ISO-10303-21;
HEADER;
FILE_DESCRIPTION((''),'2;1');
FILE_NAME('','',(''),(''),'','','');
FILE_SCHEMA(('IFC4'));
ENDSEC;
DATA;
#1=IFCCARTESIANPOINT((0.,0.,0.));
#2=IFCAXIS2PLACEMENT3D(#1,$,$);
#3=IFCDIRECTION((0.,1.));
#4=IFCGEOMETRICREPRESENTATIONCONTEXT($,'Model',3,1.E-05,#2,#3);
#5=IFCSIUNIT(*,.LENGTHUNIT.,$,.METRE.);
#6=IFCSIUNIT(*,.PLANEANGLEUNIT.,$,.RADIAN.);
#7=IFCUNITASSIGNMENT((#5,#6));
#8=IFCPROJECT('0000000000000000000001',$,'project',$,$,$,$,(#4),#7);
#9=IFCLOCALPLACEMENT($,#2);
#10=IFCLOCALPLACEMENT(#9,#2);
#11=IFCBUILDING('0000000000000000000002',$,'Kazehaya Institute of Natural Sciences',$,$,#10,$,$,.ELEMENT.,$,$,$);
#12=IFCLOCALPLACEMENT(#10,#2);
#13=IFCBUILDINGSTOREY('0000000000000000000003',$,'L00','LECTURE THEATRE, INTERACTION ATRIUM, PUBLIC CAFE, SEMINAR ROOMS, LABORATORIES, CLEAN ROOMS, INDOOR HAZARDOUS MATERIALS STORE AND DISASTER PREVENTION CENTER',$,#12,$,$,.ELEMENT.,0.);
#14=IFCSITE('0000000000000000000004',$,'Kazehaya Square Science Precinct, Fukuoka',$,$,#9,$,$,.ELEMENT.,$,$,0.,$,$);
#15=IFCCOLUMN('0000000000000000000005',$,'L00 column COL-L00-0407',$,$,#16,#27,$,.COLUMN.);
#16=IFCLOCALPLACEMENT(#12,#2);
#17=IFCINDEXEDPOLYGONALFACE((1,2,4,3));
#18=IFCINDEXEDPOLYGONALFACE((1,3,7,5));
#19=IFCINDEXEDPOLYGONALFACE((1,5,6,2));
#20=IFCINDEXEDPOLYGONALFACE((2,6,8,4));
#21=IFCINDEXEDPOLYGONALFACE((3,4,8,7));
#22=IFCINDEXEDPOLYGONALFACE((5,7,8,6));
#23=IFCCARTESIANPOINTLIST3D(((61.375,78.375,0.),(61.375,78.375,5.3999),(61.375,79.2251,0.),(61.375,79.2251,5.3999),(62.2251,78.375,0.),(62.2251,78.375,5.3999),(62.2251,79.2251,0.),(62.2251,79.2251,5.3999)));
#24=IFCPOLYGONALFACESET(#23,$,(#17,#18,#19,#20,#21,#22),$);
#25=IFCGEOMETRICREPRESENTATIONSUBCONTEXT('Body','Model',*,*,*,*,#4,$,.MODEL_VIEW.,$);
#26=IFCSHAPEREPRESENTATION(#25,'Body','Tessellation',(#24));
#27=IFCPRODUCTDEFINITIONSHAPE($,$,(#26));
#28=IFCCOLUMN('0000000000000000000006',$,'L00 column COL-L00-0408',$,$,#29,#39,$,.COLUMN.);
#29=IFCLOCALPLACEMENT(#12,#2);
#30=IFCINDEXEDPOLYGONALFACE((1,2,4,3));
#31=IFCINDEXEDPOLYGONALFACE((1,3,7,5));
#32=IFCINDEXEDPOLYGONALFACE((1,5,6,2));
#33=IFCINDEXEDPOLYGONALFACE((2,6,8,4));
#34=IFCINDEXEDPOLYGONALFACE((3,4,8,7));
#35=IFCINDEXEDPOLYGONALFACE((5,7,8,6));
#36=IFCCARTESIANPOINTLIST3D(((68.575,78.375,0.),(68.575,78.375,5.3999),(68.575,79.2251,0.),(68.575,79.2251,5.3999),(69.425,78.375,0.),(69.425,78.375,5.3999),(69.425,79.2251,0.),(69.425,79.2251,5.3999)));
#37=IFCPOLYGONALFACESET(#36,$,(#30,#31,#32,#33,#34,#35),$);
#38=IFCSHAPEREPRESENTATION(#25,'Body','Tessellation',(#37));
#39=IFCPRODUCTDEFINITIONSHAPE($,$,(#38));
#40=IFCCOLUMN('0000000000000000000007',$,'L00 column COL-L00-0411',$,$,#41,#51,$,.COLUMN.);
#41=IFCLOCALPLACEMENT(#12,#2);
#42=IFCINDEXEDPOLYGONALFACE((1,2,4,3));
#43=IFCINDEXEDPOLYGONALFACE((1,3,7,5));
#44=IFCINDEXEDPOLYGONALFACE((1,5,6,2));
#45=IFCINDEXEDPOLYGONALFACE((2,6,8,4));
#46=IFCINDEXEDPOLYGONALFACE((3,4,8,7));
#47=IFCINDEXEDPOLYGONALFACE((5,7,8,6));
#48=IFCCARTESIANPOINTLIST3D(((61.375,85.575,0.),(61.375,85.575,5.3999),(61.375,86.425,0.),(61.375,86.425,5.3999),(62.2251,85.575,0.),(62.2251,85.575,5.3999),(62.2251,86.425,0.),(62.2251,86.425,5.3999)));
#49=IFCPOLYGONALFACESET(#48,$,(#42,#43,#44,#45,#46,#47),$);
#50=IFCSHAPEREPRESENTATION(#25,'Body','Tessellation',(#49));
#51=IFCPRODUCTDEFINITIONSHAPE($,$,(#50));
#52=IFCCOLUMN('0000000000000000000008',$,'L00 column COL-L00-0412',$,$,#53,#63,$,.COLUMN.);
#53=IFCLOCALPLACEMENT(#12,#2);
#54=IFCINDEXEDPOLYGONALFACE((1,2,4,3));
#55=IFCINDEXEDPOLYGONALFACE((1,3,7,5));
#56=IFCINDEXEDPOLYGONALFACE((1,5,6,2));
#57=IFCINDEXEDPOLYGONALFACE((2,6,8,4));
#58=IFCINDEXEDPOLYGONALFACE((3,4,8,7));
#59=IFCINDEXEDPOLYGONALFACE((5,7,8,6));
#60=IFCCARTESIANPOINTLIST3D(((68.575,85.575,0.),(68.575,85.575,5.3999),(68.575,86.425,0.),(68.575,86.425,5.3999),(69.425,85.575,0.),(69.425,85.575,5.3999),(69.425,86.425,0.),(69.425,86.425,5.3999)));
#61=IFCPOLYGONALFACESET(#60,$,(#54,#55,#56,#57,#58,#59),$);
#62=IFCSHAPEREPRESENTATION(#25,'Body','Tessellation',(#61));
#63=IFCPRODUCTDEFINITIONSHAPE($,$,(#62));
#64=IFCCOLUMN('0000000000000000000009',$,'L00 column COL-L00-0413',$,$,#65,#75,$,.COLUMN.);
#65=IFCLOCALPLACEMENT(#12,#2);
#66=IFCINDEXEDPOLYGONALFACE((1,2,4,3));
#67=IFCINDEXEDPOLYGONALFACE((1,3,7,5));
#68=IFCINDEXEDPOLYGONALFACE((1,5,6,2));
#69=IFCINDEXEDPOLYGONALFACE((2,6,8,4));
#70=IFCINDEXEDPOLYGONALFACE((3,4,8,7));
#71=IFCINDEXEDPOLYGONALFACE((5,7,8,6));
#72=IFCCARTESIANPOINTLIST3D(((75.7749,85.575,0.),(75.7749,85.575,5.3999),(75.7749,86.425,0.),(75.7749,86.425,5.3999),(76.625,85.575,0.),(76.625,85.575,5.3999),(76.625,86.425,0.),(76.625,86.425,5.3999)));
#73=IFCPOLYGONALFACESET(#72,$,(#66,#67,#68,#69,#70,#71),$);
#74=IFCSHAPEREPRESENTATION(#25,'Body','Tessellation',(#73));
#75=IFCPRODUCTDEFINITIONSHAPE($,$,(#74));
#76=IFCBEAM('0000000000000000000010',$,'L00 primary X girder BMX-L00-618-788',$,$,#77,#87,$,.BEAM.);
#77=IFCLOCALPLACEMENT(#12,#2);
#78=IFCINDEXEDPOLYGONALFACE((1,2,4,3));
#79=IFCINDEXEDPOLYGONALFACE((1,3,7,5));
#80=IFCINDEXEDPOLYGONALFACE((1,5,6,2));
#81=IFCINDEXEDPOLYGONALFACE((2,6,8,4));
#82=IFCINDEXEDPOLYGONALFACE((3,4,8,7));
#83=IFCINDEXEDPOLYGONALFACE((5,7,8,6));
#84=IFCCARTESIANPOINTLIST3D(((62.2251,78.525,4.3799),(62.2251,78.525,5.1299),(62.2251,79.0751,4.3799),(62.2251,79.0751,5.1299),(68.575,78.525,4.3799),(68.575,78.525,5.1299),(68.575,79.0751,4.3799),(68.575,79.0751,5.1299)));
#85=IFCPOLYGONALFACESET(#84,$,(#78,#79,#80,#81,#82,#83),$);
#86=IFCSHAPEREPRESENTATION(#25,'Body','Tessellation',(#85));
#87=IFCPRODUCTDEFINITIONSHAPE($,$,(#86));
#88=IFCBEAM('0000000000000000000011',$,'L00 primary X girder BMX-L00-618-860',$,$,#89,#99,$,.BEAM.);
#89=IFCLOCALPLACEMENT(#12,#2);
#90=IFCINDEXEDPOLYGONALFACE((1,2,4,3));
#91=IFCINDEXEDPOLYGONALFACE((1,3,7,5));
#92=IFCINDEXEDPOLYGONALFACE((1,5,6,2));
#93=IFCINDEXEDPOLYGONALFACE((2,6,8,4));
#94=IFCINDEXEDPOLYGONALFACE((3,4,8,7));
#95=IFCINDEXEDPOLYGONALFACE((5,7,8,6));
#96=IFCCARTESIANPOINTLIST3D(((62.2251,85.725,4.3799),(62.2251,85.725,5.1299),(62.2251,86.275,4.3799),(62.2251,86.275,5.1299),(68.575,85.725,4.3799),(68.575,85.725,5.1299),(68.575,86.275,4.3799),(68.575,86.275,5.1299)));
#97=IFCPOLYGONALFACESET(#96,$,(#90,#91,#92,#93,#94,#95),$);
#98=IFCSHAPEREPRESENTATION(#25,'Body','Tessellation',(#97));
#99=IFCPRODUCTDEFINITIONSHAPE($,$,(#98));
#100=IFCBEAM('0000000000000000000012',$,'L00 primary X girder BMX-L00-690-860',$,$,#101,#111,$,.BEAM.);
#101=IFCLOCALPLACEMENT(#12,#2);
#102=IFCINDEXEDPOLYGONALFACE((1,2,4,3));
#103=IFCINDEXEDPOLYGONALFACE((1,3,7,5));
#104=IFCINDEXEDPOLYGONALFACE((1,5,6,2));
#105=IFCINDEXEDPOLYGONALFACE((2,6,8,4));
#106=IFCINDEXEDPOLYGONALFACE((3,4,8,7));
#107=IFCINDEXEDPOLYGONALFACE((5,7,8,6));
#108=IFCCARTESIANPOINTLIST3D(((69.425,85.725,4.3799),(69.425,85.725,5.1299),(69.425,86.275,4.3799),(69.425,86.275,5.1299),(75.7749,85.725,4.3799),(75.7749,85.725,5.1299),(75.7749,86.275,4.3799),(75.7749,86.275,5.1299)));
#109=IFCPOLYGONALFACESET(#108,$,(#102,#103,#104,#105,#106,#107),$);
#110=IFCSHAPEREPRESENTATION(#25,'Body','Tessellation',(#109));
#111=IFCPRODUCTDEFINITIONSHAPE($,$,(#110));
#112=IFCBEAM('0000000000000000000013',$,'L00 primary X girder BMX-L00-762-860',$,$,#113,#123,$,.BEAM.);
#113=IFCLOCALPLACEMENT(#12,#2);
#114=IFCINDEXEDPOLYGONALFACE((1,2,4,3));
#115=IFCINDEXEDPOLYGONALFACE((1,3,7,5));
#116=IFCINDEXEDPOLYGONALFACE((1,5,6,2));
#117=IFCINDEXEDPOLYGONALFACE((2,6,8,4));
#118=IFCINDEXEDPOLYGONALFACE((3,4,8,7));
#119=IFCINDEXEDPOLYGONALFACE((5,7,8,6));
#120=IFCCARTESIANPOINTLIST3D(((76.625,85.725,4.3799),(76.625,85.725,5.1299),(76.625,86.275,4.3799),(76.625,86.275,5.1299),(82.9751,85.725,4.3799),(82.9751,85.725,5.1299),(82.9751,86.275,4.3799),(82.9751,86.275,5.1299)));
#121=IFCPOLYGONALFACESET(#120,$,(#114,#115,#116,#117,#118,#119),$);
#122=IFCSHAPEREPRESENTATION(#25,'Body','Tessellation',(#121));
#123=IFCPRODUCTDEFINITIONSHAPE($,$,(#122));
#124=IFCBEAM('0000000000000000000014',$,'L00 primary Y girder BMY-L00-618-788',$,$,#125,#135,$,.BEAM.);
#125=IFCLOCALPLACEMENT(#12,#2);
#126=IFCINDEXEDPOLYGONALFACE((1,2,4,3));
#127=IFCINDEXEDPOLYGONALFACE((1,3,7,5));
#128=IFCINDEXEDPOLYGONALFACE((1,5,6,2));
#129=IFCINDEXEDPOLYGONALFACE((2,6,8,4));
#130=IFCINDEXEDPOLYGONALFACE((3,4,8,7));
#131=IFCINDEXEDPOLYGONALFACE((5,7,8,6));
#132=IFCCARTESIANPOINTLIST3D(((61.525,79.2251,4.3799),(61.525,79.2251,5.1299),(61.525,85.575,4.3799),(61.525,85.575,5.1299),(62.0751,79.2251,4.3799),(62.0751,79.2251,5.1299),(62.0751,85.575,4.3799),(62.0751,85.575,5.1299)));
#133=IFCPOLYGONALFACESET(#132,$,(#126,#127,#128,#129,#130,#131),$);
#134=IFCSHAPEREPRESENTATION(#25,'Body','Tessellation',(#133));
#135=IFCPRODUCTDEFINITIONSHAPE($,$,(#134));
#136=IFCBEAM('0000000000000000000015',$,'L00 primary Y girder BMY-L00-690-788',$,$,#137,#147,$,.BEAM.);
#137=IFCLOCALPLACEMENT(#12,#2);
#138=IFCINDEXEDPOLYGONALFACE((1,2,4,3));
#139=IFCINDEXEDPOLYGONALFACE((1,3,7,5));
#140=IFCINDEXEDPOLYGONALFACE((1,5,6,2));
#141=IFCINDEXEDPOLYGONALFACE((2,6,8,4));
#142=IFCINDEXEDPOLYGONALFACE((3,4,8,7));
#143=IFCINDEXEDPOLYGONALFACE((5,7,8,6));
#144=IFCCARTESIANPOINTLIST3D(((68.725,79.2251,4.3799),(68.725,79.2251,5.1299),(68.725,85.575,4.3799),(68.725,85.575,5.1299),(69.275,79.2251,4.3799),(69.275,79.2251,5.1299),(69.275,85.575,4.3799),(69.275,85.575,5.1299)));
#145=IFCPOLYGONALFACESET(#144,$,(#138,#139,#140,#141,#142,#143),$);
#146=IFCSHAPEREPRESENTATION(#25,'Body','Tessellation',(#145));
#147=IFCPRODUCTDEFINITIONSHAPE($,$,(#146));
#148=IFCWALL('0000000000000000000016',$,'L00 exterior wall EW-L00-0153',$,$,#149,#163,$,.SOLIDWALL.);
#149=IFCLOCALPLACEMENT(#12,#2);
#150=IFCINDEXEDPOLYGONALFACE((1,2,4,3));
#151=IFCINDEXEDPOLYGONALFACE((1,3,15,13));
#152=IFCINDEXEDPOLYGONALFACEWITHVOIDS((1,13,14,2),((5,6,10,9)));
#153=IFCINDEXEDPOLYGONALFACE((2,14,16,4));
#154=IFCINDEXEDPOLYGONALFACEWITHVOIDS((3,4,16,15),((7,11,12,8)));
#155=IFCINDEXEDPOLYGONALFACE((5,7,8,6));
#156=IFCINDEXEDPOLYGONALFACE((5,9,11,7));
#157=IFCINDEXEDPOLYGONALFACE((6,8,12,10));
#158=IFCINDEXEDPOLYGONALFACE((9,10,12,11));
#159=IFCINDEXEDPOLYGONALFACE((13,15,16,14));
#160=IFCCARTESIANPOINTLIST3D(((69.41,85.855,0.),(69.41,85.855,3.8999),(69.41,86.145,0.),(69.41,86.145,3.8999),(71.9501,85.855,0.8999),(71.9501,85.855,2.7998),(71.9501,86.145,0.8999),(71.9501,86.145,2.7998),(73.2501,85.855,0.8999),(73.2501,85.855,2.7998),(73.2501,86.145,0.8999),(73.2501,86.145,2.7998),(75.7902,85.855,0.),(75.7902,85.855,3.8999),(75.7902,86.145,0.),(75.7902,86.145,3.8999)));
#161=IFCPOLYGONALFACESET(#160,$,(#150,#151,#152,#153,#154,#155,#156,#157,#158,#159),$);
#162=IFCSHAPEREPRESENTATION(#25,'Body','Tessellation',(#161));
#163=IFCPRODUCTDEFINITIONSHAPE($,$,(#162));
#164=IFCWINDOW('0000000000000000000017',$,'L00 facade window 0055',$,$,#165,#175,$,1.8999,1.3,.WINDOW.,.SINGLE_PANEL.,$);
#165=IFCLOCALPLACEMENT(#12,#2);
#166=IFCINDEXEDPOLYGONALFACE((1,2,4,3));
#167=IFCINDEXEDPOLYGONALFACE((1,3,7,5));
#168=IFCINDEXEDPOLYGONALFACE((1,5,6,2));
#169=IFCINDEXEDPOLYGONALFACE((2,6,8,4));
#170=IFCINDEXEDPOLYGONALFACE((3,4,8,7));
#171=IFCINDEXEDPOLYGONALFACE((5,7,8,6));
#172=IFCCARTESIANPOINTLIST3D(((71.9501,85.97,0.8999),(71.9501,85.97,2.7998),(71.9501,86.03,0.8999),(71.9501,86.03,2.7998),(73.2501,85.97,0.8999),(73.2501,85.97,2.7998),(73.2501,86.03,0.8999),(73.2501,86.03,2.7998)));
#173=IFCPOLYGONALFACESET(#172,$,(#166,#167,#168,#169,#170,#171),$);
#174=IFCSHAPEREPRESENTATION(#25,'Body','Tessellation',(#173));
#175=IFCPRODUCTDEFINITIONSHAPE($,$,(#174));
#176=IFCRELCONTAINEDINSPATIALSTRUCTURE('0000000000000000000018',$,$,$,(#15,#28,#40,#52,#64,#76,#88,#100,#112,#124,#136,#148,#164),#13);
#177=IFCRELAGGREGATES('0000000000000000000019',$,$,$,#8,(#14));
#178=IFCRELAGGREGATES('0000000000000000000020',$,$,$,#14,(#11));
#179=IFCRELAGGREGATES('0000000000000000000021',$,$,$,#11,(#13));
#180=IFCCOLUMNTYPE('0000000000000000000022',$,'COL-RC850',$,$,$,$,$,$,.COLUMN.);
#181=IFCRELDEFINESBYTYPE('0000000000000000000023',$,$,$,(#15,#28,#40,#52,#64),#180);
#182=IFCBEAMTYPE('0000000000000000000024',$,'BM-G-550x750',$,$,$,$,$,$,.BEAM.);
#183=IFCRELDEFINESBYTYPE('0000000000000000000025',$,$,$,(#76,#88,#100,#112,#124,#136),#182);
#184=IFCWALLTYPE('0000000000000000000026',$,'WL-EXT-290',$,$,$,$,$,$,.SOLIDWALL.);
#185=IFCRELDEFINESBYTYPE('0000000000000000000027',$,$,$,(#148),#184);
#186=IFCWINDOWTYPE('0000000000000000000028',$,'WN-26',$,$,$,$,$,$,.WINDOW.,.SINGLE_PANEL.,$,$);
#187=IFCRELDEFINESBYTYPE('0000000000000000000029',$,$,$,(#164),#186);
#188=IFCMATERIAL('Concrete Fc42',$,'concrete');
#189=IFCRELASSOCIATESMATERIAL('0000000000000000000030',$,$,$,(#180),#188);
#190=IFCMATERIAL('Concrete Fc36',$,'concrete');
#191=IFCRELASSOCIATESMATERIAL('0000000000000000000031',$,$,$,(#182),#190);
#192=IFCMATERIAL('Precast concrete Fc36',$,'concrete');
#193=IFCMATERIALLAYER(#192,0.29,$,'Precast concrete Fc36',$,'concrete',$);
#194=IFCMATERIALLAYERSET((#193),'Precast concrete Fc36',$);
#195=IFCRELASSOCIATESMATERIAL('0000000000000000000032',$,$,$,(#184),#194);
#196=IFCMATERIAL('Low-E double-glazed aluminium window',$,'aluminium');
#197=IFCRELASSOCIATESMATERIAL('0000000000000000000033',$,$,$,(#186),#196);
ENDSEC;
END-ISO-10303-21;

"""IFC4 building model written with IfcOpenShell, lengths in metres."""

from ifc_helpers import new_model, si_unit, direction, frame, frame_2d, origin, origin_2d, place, context, subcontext, project, spatial, rectangle, extrude, material, layer, layer_set, material_profile, profile_set, type_object, element, fill, save


model = new_model("IFC4")

# Units and contexts
model_context = context("Model", 3, precision=1e-05, world=origin(), true_north=direction((0.0, 1.0)))
body_context = subcontext(model_context, "Body", "Model", "MODEL_VIEW")
ifc_project = project(units=[si_unit("LENGTHUNIT", "METRE"), si_unit("PLANEANGLEUNIT", "RADIAN")], contexts=[model_context])

# Site, building, storey
site_placement = place(None, origin())
site = spatial("IfcSite", under=ifc_project, at=site_placement, Name="Kazehaya Square Science Precinct, Fukuoka", CompositionType="ELEMENT", RefElevation=0.0)
building_placement = place(site_placement, origin())
building = spatial("IfcBuilding", under=site, at=building_placement, Name="Kazehaya Institute of Natural Sciences", CompositionType="ELEMENT")
storey_placement = place(building_placement, origin())
storey = spatial("IfcBuildingStorey", under=building, at=storey_placement, Name="L00", Description="LECTURE THEATRE, INTERACTION ATRIUM, PUBLIC CAFE, SEMINAR ROOMS, LABORATORIES, CLEAN ROOMS, INDOOR HAZARDOUS MATERIALS STORE AND DISASTER PREVENTION CENTER", CompositionType="ELEMENT", Elevation=0.0)

# Columns
ifc_material_1 = material(Name="Concrete Fc42", Category="concrete")
ifc_material_profile_1 = material_profile(ifc_material_1, rectangle(XDim=0.8501, YDim=0.8501, at=origin_2d()), Name="RC-850x850")
ifc_profile_set_1 = profile_set([ifc_material_profile_1], Name="Concrete Fc42")
column_type = type_object("IfcColumnType", Name="COL-RC850", PredefinedType="COLUMN", material=ifc_profile_set_1)
for number, where, z_axis, x_axis, name in (
    (1, (61.8, 78.8, 0.0), (0.0, 0.0, 1.0), (1.0, 0.0, 0.0), "L00 column COL-L00-0407"),
    (2, (69.0, 78.8, 0.0), (0.0, 0.0, 1.0), (1.0, 0.0, 0.0), "L00 column COL-L00-0408"),
    (3, (61.8, 86.0, 0.0), (0.0, 0.0, 1.0), (1.0, 0.0, 0.0), "L00 column COL-L00-0411"),
    (4, (69.0, 86.0, 0.0), (0.0, 0.0, 1.0), (1.0, 0.0, 0.0), "L00 column COL-L00-0412"),
    (5, (76.2, 86.0, 0.0), (0.0, 0.0, 1.0), (1.0, 0.0, 0.0), "L00 column COL-L00-0413"),
):
    element("IfcColumn", number, at=place(storey_placement, frame(where, z_axis=z_axis, x_axis=x_axis)), inside=storey, type_object=column_type, Name=name, PredefinedType="COLUMN", context=body_context, shape_type="SweptSolid", body=[
        extrude(rectangle(XDim=0.8501, YDim=0.8501, at=origin_2d()), origin(), (0.0, 0.0, 1.0), 5.3999),
    ])

# Beams
ifc_material_2 = material(Name="Concrete Fc36", Category="concrete")
ifc_material_profile_2 = material_profile(ifc_material_2, rectangle(XDim=0.55, YDim=0.75, at=origin_2d()), Name="RC-550x750")
ifc_profile_set_2 = profile_set([ifc_material_profile_2], Name="Concrete Fc36")
beam_type = type_object("IfcBeamType", Name="BM-G-550x750", PredefinedType="BEAM", material=ifc_profile_set_2)
for number, where, z_axis, x_axis, name in (
    (6, (62.2251, 78.8, 4.7549), (1.0, 0.0, 0.0), (0.0, 1.0, 0.0), "L00 primary X girder BMX-L00-618-788"),
    (7, (62.2251, 86.0, 4.7549), (1.0, 0.0, 0.0), (0.0, 1.0, 0.0), "L00 primary X girder BMX-L00-618-860"),
    (8, (69.425, 86.0, 4.7549), (1.0, 0.0, 0.0), (0.0, 1.0, 0.0), "L00 primary X girder BMX-L00-690-860"),
):
    element("IfcBeam", number, at=place(storey_placement, frame(where, z_axis=z_axis, x_axis=x_axis)), inside=storey, type_object=beam_type, Name=name, PredefinedType="BEAM", context=body_context, shape_type="SweptSolid", body=[
        extrude(rectangle(XDim=0.55, YDim=0.75, at=origin_2d()), origin(), (0.0, 0.0, 1.0), 6.3499),
    ])
beam_placement = place(storey_placement, frame((76.625, 86.0, 4.7549), z_axis=(1.0, 0.0, 0.0), x_axis=(0.0, 1.0, 0.0)))
element("IfcBeam", 9, at=beam_placement, inside=storey, type_object=beam_type, Name="L00 primary X girder BMX-L00-762-860", PredefinedType="BEAM", context=body_context, shape_type="SweptSolid", body=[
    extrude(rectangle(XDim=0.55, YDim=0.75, at=origin_2d()), origin(), (0.0, 0.0, 1.0), 6.3501),
])
for number, where, z_axis, x_axis, name in (
    (10, (61.8, 79.2251, 4.7549), (0.0, 1.0, 0.0), (-1.0, 0.0, 0.0), "L00 primary Y girder BMY-L00-618-788"),
    (11, (69.0, 79.2251, 4.7549), (0.0, 1.0, 0.0), (-1.0, 0.0, 0.0), "L00 primary Y girder BMY-L00-690-788"),
):
    element("IfcBeam", number, at=place(storey_placement, frame(where, z_axis=z_axis, x_axis=x_axis)), inside=storey, type_object=beam_type, Name=name, PredefinedType="BEAM", context=body_context, shape_type="SweptSolid", body=[
        extrude(rectangle(XDim=0.55, YDim=0.75, at=origin_2d()), origin(), (0.0, 0.0, 1.0), 6.3499),
    ])

# Wall, opening, window
ifc_material_3 = material(Name="Precast concrete Fc36", Category="concrete")
ifc_layer_1 = layer(ifc_material_3, 0.29, Name="Precast concrete Fc36", Category="concrete")
ifc_layer_set_1 = layer_set([ifc_layer_1], Name="Precast concrete Fc36")
wall_type_1 = type_object("IfcWallType", Name="WL-EXT-290", PredefinedType="SOLIDWALL", material=ifc_layer_set_1)
wall_1_placement = place(storey_placement, frame((75.79, 86.0, 0.0), z_axis=(0.0, 0.0, 1.0), x_axis=(-1.0, 0.0, 0.0)))
wall_1 = element("IfcWall", 12, at=wall_1_placement, inside=storey, type_object=wall_type_1, Name="L00 exterior wall EW-L00-0153", PredefinedType="SOLIDWALL", context=body_context, shape_type="SweptSolid", body=[
    extrude(rectangle(XDim=6.3801, YDim=0.29, at=frame_2d((3.1899, 0.0))), origin(), (0.0, 0.0, 1.0), 3.8999),
])
opening_1_placement = place(wall_1_placement, frame((2.54, 0.0, 0.8999)))
opening_1 = element("IfcOpeningElement", 13, at=opening_1_placement, cuts=wall_1, PredefinedType="OPENING", context=body_context, shape_type="SweptSolid", body=[
    extrude(rectangle(XDim=1.3, YDim=1.8999, at=frame_2d((0.6499, 0.95))), frame((0.0, 0.155, 0.0), z_axis=(0.0, -1.0, 0.0), x_axis=(1.0, 0.0, 0.0)), (0.0, 0.0, 1.0), 0.3101),
])
ifc_material_4 = material(Name="Low-E double-glazed aluminium window", Category="aluminium")
window_type_1 = type_object("IfcWindowType", Name="WN-26", PartitioningType="SINGLE_PANEL", PredefinedType="WINDOW", material=ifc_material_4)
window_1_placement = place(opening_1_placement, origin())
window_1 = element("IfcWindow", 14, at=window_1_placement, inside=storey, type_object=window_type_1, Name="L00 facade window 0055", OverallHeight=1.8999, OverallWidth=1.3, PartitioningType="SINGLE_PANEL", PredefinedType="WINDOW", context=body_context, shape_type="SweptSolid", body=[
    extrude(rectangle(XDim=1.3, YDim=1.8999, at=frame_2d((0.6499, 0.95))), frame((0.0, 0.03, 0.0), z_axis=(0.0, -1.0, 0.0), x_axis=(1.0, 0.0, 0.0)), (0.0, 0.0, 1.0), 0.0601),
])
fill(opening_1, window_1)

save(model, "model.ifc")
